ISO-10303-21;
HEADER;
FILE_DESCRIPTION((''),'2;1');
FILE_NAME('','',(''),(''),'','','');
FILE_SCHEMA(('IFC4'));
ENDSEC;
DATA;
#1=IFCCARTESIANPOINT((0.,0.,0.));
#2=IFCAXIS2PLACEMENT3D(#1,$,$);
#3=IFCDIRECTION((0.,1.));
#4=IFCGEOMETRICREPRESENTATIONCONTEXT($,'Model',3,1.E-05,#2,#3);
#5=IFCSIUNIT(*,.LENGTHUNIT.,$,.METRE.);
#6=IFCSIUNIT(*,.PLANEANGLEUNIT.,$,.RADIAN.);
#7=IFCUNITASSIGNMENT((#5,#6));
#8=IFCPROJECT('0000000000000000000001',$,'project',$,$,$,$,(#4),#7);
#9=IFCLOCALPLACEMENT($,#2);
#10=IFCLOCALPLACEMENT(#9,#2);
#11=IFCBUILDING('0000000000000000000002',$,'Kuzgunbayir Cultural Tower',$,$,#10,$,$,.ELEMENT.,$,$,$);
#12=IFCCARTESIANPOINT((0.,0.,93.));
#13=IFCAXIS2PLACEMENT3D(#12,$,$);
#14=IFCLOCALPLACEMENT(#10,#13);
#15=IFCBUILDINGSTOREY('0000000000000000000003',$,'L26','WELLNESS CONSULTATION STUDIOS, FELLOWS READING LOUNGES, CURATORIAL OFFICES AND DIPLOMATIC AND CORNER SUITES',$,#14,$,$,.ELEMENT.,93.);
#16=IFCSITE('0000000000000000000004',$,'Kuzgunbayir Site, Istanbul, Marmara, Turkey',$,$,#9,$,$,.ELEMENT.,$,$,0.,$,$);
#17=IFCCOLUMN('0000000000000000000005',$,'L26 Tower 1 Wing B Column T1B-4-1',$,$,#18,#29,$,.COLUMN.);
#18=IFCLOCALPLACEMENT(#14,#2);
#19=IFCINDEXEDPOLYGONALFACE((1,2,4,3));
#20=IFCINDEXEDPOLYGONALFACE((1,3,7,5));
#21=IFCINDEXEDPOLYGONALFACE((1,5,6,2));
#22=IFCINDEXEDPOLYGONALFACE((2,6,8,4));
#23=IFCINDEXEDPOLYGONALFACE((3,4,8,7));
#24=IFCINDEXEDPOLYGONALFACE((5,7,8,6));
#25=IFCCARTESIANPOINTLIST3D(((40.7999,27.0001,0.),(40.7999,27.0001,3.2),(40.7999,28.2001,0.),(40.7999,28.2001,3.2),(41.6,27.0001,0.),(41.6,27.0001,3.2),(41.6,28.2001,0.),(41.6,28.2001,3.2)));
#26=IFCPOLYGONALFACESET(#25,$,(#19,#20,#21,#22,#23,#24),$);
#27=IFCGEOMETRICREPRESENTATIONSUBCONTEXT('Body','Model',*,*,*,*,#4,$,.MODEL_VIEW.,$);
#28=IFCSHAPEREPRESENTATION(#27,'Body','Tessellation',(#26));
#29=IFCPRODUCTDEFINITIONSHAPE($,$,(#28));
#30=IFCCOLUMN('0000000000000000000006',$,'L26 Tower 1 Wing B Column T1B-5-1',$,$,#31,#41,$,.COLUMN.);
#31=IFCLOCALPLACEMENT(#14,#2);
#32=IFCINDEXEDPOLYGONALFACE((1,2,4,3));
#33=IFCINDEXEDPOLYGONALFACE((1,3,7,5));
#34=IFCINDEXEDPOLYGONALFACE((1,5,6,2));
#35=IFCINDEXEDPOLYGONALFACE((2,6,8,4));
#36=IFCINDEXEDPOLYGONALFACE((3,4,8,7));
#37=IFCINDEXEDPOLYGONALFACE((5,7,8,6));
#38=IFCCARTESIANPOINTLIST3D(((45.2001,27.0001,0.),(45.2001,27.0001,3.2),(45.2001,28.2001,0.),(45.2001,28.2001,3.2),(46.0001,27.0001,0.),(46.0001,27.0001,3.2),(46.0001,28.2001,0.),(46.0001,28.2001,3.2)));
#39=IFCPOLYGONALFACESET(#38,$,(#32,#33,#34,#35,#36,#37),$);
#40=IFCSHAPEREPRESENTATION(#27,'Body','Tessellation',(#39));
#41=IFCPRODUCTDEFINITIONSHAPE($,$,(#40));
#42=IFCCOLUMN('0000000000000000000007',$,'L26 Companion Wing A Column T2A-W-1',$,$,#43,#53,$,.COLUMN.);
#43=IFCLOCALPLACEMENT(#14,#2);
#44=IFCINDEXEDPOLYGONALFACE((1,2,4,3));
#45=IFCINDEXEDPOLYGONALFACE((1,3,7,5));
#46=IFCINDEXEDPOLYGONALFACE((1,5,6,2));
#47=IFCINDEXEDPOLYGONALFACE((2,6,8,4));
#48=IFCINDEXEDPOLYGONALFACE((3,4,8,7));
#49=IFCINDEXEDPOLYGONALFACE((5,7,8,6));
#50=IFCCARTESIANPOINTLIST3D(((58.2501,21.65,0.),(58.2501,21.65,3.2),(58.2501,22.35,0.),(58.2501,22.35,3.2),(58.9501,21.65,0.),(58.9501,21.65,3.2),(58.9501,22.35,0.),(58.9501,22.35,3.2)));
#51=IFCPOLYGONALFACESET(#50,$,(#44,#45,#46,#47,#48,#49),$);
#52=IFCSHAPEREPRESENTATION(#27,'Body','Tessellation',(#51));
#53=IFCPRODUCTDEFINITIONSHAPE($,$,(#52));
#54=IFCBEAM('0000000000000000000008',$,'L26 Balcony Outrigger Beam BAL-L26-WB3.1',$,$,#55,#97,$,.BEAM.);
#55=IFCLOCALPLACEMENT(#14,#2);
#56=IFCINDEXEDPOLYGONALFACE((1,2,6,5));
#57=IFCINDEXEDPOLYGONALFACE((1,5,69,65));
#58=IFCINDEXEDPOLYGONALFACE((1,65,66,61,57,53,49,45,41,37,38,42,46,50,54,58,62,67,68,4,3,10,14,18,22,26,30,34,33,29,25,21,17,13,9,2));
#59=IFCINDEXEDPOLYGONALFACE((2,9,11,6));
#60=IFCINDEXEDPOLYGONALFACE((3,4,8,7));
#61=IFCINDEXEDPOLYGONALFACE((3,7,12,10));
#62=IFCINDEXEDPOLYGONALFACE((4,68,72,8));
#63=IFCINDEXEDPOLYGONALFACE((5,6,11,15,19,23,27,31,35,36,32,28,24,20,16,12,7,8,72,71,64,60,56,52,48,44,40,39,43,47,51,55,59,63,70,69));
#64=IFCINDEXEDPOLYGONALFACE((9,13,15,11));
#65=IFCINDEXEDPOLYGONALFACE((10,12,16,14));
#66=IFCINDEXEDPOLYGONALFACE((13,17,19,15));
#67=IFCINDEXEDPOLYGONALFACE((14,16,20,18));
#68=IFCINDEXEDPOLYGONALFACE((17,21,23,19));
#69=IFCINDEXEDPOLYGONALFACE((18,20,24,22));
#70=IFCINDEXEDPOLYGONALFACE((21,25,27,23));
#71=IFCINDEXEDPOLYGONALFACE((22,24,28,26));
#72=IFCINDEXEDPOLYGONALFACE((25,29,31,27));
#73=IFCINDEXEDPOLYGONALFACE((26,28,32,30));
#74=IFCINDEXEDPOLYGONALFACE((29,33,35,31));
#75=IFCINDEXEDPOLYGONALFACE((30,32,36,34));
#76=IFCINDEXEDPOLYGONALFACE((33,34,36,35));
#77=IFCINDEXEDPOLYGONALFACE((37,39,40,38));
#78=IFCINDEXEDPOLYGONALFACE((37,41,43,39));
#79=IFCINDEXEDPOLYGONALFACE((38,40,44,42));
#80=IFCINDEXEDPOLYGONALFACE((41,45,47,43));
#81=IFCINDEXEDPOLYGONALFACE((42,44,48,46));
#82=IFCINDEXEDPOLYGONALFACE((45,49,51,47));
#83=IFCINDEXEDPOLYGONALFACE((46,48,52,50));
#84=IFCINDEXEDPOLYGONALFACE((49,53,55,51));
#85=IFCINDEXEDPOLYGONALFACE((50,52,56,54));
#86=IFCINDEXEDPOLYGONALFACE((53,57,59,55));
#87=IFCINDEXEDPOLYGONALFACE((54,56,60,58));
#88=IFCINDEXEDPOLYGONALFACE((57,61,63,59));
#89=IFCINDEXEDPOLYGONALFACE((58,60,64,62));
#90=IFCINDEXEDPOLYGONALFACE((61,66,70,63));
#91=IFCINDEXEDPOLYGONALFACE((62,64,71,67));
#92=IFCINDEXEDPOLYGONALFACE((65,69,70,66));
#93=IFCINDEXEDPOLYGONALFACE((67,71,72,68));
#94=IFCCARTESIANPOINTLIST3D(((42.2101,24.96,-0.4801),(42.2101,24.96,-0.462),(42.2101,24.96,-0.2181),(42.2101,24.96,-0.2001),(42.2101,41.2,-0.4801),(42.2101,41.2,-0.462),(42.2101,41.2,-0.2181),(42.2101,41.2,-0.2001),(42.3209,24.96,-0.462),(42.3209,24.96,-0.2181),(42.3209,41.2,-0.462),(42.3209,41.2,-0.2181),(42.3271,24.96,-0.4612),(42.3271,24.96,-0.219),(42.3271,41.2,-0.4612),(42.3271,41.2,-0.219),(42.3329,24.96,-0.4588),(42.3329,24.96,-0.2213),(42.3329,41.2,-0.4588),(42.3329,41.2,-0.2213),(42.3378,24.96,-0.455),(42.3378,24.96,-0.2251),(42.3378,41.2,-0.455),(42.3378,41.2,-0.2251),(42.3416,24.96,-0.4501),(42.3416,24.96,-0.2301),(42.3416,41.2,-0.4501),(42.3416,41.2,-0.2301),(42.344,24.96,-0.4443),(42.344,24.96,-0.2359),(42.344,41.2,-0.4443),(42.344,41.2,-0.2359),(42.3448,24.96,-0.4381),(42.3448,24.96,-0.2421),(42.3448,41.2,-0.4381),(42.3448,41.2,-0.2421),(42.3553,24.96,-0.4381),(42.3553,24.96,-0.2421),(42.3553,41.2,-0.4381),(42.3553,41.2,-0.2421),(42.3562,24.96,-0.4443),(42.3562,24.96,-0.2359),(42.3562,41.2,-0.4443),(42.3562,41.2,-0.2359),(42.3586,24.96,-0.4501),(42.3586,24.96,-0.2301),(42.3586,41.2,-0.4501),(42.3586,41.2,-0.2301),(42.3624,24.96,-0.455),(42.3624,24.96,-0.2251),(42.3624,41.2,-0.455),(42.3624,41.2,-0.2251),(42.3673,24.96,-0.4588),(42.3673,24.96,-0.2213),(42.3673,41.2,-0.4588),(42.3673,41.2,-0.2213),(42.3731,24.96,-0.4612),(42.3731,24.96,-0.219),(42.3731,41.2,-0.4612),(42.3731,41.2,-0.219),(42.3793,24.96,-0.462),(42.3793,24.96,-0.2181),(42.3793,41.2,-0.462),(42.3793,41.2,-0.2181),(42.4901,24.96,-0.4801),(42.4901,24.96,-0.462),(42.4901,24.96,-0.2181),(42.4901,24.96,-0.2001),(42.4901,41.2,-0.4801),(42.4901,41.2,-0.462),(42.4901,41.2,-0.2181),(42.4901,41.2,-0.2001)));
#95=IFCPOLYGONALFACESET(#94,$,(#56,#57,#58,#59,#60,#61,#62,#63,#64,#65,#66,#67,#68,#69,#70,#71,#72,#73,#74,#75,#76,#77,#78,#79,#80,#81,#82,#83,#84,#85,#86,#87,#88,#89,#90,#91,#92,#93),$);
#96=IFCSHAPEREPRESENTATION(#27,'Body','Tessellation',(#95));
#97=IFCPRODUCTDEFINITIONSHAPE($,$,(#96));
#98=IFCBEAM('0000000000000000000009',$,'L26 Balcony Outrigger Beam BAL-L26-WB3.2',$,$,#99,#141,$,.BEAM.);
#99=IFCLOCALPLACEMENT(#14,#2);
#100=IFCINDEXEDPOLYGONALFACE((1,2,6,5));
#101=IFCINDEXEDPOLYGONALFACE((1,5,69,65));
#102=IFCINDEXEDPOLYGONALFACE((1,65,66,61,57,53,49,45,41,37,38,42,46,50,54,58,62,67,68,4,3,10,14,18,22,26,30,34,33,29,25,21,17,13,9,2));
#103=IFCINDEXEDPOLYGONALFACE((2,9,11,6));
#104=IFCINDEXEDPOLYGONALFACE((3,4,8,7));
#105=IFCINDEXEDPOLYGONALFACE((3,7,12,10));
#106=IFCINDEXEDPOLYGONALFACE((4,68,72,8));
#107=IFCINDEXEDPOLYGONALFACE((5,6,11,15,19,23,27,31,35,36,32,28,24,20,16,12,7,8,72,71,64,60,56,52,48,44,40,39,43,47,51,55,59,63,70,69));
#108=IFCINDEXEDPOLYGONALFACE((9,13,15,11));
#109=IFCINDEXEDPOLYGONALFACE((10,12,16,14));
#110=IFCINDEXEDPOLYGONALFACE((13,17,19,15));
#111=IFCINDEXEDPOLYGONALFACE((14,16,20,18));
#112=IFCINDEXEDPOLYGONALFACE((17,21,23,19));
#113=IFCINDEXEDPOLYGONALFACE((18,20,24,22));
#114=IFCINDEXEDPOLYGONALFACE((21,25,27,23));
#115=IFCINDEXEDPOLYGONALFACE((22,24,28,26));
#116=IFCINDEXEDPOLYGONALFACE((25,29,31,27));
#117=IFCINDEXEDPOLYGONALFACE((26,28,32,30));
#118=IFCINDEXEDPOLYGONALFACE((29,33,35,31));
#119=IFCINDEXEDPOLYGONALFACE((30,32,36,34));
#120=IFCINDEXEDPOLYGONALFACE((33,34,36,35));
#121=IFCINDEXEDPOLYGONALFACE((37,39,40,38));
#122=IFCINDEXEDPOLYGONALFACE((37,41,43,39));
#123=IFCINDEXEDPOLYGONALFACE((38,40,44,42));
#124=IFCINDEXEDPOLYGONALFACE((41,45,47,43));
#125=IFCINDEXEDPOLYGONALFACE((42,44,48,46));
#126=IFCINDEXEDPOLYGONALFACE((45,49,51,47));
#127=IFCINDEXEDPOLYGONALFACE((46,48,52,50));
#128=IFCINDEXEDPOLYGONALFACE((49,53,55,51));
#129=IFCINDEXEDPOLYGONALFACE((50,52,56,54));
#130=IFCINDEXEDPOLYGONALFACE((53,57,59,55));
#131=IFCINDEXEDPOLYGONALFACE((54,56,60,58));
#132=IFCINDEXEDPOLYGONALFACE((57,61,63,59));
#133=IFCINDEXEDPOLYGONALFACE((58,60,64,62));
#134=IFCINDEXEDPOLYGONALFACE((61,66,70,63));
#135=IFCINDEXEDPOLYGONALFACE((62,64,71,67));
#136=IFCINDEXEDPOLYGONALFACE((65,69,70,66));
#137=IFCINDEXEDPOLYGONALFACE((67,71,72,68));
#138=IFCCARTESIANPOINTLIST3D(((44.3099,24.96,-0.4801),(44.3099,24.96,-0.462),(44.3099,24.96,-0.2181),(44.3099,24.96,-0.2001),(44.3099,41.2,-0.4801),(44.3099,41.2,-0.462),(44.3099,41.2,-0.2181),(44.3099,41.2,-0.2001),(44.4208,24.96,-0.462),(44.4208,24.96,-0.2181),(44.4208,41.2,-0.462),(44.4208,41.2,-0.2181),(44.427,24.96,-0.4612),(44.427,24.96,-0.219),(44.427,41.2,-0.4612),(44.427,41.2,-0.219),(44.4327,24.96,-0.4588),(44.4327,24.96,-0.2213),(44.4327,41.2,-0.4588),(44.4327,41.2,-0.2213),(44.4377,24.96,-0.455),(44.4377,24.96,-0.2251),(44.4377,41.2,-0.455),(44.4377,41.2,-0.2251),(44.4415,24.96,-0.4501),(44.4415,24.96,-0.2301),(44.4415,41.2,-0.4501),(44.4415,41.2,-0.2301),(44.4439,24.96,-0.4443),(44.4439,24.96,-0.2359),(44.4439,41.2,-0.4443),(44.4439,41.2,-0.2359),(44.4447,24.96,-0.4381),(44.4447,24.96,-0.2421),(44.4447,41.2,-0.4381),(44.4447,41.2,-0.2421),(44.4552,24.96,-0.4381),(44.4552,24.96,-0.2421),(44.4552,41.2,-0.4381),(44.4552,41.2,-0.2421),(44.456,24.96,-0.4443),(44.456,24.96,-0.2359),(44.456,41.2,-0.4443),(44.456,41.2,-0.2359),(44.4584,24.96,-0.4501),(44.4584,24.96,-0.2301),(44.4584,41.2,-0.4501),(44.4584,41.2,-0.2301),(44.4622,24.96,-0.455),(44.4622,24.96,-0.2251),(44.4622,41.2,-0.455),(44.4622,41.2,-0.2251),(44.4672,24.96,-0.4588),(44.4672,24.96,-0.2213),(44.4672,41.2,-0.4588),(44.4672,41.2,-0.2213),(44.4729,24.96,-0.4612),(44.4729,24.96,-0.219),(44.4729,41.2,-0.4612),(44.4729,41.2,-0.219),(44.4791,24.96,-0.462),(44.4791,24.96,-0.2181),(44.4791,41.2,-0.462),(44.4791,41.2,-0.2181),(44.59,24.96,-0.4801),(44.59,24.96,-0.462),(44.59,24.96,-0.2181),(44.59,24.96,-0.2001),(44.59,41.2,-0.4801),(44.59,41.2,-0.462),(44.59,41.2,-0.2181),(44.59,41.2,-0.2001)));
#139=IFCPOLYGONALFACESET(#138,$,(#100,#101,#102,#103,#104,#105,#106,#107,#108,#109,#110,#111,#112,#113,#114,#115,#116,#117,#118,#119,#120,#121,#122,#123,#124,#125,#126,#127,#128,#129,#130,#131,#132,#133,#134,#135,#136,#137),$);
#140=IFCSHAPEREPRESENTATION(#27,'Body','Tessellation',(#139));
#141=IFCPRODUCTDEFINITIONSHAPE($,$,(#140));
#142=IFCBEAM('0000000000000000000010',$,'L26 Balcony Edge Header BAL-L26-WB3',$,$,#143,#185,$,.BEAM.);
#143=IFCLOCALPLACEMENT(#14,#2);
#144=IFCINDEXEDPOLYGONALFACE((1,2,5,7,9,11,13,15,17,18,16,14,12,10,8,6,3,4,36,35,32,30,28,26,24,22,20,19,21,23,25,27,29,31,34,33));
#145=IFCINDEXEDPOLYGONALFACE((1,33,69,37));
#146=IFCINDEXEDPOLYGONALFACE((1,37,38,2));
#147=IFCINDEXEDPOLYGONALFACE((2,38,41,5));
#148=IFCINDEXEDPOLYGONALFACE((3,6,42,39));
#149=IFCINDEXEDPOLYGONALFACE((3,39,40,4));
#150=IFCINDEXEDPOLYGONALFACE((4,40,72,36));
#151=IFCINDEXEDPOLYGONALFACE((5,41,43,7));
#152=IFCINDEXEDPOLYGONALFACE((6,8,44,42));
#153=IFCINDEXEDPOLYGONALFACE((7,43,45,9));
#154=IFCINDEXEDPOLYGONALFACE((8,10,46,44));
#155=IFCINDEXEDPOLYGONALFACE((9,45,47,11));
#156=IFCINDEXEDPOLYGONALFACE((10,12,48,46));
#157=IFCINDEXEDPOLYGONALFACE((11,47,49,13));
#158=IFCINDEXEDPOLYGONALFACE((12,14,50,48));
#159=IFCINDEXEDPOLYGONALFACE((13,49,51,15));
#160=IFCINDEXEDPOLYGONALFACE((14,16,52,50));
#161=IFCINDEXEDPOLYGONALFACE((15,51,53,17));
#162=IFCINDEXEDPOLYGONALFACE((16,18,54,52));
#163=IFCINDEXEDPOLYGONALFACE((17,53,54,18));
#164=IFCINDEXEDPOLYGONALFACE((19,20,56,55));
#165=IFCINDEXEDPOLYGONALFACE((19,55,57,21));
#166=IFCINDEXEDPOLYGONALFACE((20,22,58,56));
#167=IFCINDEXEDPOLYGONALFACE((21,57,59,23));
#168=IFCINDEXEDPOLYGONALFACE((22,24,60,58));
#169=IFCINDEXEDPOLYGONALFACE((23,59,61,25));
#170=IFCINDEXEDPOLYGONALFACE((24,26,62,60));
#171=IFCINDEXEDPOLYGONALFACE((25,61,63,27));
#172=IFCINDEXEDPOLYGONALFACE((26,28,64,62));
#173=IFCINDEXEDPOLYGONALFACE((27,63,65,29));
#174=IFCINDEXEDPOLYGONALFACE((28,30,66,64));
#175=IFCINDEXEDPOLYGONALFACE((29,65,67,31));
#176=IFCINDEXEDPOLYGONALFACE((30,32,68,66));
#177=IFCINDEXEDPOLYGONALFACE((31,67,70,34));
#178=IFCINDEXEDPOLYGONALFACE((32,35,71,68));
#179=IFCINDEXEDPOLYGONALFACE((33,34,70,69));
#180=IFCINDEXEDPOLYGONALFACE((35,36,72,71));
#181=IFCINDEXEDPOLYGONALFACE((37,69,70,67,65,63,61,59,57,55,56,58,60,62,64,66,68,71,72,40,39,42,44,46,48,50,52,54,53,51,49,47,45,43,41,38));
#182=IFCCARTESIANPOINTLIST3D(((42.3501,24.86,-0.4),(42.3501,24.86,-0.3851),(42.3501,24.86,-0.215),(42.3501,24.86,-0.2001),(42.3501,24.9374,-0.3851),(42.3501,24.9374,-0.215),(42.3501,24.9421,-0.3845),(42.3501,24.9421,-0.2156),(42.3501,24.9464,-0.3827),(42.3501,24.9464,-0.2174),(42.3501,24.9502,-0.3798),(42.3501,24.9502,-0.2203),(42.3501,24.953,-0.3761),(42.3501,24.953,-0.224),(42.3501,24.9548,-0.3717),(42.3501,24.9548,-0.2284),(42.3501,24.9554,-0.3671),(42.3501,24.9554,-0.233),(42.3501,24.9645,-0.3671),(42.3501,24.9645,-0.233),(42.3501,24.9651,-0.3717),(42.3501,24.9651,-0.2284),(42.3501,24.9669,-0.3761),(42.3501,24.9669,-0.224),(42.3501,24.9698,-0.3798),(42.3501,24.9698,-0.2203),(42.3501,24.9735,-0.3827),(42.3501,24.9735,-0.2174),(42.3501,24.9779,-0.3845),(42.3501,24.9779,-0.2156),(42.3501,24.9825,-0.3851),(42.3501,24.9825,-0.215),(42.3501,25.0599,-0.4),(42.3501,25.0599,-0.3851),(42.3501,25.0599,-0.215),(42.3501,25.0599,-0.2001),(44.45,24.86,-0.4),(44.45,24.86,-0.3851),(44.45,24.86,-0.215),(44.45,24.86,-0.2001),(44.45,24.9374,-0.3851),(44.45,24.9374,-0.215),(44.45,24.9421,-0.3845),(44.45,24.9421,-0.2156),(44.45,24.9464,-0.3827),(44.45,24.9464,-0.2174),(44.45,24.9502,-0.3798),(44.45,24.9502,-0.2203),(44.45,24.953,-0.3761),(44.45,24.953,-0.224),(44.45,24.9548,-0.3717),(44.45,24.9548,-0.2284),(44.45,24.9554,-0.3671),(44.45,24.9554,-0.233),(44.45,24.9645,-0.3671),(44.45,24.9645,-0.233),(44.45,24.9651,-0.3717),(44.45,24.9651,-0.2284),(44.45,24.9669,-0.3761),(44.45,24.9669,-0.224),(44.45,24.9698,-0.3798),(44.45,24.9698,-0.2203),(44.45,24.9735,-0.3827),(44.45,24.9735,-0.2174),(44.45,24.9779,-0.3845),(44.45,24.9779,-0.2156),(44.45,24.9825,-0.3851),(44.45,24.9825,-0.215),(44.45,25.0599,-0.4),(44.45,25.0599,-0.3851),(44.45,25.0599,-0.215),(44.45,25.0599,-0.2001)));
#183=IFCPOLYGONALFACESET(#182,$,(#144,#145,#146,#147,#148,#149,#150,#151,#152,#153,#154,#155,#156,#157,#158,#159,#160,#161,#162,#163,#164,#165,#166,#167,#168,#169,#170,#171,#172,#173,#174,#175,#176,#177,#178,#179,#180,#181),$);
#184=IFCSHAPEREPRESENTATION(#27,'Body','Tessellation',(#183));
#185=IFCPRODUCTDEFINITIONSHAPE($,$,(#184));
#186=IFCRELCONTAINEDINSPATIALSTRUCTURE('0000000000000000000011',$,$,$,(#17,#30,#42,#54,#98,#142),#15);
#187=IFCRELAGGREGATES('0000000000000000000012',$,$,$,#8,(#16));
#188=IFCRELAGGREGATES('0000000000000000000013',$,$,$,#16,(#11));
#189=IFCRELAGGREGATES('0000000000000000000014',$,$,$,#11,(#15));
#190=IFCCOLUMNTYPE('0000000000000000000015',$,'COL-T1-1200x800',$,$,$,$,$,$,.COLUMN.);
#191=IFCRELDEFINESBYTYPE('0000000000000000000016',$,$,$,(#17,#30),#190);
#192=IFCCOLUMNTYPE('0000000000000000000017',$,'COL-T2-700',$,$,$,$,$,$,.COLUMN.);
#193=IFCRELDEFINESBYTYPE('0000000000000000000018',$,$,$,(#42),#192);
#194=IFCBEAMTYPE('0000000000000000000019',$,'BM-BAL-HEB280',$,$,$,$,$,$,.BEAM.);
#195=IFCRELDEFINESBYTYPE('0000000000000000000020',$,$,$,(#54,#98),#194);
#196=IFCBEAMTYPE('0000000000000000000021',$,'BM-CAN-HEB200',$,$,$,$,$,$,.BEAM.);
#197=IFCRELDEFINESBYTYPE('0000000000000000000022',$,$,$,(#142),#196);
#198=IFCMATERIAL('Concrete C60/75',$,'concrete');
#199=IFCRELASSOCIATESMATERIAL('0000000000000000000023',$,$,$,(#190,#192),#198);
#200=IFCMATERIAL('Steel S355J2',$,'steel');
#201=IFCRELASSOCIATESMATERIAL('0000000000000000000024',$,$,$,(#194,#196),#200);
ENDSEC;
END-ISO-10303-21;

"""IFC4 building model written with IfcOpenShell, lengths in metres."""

from ifc_helpers import new_model, si_unit, direction, frame, origin, origin_2d, place, context, subcontext, project, spatial, rectangle, i_section, extrude, material, material_profile, profile_set, type_object, element, save


model = new_model("IFC4")

# Units and contexts
model_context = context("Model", 3, precision=1e-05, world=origin(), true_north=direction((0.0, 1.0)))
body_context = subcontext(model_context, "Body", "Model", "MODEL_VIEW")
ifc_project = project(units=[si_unit("LENGTHUNIT", "METRE"), si_unit("PLANEANGLEUNIT", "RADIAN")], contexts=[model_context])

# Site, building, storey
site_placement = place(None, origin())
site = spatial("IfcSite", under=ifc_project, at=site_placement, Name="Kuzgunbayir Site, Istanbul, Marmara, Turkey", CompositionType="ELEMENT", RefElevation=0.0)
building_placement = place(site_placement, origin())
building = spatial("IfcBuilding", under=site, at=building_placement, Name="Kuzgunbayir Cultural Tower", CompositionType="ELEMENT")
storey_placement = place(building_placement, frame((0.0, 0.0, 93.0)))
storey = spatial("IfcBuildingStorey", under=building, at=storey_placement, Name="L26", Description="WELLNESS CONSULTATION STUDIOS, FELLOWS READING LOUNGES, CURATORIAL OFFICES AND DIPLOMATIC AND CORNER SUITES", CompositionType="ELEMENT", Elevation=93.0)

# Columns
ifc_material_1 = material(Name="Concrete C60/75", Category="concrete")
ifc_material_profile_1 = material_profile(ifc_material_1, rectangle(XDim=0.8, YDim=1.2, at=origin_2d()), Name="RC 1200x800")
ifc_profile_set_1 = profile_set([ifc_material_profile_1], Name="Concrete C60/75")
column_type_1 = type_object("IfcColumnType", Name="COL-T1-1200x800", PredefinedType="COLUMN", material=ifc_profile_set_1)
for number, where, z_axis, x_axis, name in (
    (1, (41.2, 27.6001, 0.0), (0.0, 0.0, 1.0), (1.0, 0.0, 0.0), "L26 Tower 1 Wing B Column T1B-4-1"),
    (2, (45.6001, 27.6001, 0.0), (0.0, 0.0, 1.0), (1.0, 0.0, 0.0), "L26 Tower 1 Wing B Column T1B-5-1"),
):
    element("IfcColumn", number, at=place(storey_placement, frame(where, z_axis=z_axis, x_axis=x_axis)), inside=storey, type_object=column_type_1, Name=name, PredefinedType="COLUMN", context=body_context, shape_type="SweptSolid", body=[
        extrude(rectangle(XDim=0.8, YDim=1.2, at=origin_2d()), origin(), (0.0, 0.0, 1.0), 3.2),
    ])
ifc_material_profile_2 = material_profile(ifc_material_1, rectangle(XDim=0.7, YDim=0.7, at=origin_2d()), Name="RC 700x700")
ifc_profile_set_2 = profile_set([ifc_material_profile_2], Name="Concrete C60/75")
column_type_2 = type_object("IfcColumnType", Name="COL-T2-700", PredefinedType="COLUMN", material=ifc_profile_set_2)
column_placement = place(storey_placement, frame((58.6001, 22.0, 0.0), z_axis=(0.0, 0.0, 1.0), x_axis=(1.0, 0.0, 0.0)))
element("IfcColumn", 3, at=column_placement, inside=storey, type_object=column_type_2, Name="L26 Companion Wing A Column T2A-W-1", PredefinedType="COLUMN", context=body_context, shape_type="SweptSolid", body=[
    extrude(rectangle(XDim=0.7, YDim=0.7, at=origin_2d()), origin(), (0.0, 0.0, 1.0), 3.2),
])

# Beams
ifc_material_2 = material(Name="Steel S355J2", Category="steel")
ifc_material_profile_3 = material_profile(ifc_material_2, i_section(OverallWidth=0.28, OverallDepth=0.28, WebThickness=0.0105, FlangeThickness=0.0181, FilletRadius=0.0239, at=origin_2d()), Name="HEB 280")
ifc_profile_set_3 = profile_set([ifc_material_profile_3], Name="Steel S355J2")
beam_type_1 = type_object("IfcBeamType", Name="BM-BAL-HEB280", PredefinedType="BEAM", material=ifc_profile_set_3)
for number, where, z_axis, x_axis, name in (
    (4, (42.3501, 24.96, -0.3401), (0.0, 1.0, 0.0), (-1.0, 0.0, 0.0), "L26 Balcony Outrigger Beam BAL-L26-WB3.1"),
    (5, (44.45, 24.96, -0.3401), (0.0, 1.0, 0.0), (-1.0, 0.0, 0.0), "L26 Balcony Outrigger Beam BAL-L26-WB3.2"),
):
    element("IfcBeam", number, at=place(storey_placement, frame(where, z_axis=z_axis, x_axis=x_axis)), inside=storey, type_object=beam_type_1, Name=name, PredefinedType="BEAM", context=body_context, shape_type="SweptSolid", body=[
        extrude(i_section(OverallWidth=0.28, OverallDepth=0.28, WebThickness=0.0105, FlangeThickness=0.0181, FilletRadius=0.0239, at=origin_2d()), origin(), (0.0, 0.0, 1.0), 16.24),
    ])
ifc_material_profile_4 = material_profile(ifc_material_2, i_section(OverallWidth=0.2, OverallDepth=0.2, WebThickness=0.009, FlangeThickness=0.0149, FilletRadius=0.0181, at=origin_2d()), Name="HEB 200")
ifc_profile_set_4 = profile_set([ifc_material_profile_4], Name="Steel S355J2")
beam_type_2 = type_object("IfcBeamType", Name="BM-CAN-HEB200", PredefinedType="BEAM", material=ifc_profile_set_4)
beam_1_placement = place(storey_placement, frame((42.3501, 24.96, -0.3), z_axis=(1.0, 0.0, 0.0), x_axis=(0.0, 1.0, 0.0)))
element("IfcBeam", 6, at=beam_1_placement, inside=storey, type_object=beam_type_2, Name="L26 Balcony Edge Header BAL-L26-WB3", PredefinedType="BEAM", context=body_context, shape_type="SweptSolid", body=[
    extrude(i_section(OverallWidth=0.2, OverallDepth=0.2, WebThickness=0.009, FlangeThickness=0.0149, FilletRadius=0.0181, at=origin_2d()), origin(), (0.0, 0.0, 1.0), 2.0999),
])

save(model, "model.ifc")
